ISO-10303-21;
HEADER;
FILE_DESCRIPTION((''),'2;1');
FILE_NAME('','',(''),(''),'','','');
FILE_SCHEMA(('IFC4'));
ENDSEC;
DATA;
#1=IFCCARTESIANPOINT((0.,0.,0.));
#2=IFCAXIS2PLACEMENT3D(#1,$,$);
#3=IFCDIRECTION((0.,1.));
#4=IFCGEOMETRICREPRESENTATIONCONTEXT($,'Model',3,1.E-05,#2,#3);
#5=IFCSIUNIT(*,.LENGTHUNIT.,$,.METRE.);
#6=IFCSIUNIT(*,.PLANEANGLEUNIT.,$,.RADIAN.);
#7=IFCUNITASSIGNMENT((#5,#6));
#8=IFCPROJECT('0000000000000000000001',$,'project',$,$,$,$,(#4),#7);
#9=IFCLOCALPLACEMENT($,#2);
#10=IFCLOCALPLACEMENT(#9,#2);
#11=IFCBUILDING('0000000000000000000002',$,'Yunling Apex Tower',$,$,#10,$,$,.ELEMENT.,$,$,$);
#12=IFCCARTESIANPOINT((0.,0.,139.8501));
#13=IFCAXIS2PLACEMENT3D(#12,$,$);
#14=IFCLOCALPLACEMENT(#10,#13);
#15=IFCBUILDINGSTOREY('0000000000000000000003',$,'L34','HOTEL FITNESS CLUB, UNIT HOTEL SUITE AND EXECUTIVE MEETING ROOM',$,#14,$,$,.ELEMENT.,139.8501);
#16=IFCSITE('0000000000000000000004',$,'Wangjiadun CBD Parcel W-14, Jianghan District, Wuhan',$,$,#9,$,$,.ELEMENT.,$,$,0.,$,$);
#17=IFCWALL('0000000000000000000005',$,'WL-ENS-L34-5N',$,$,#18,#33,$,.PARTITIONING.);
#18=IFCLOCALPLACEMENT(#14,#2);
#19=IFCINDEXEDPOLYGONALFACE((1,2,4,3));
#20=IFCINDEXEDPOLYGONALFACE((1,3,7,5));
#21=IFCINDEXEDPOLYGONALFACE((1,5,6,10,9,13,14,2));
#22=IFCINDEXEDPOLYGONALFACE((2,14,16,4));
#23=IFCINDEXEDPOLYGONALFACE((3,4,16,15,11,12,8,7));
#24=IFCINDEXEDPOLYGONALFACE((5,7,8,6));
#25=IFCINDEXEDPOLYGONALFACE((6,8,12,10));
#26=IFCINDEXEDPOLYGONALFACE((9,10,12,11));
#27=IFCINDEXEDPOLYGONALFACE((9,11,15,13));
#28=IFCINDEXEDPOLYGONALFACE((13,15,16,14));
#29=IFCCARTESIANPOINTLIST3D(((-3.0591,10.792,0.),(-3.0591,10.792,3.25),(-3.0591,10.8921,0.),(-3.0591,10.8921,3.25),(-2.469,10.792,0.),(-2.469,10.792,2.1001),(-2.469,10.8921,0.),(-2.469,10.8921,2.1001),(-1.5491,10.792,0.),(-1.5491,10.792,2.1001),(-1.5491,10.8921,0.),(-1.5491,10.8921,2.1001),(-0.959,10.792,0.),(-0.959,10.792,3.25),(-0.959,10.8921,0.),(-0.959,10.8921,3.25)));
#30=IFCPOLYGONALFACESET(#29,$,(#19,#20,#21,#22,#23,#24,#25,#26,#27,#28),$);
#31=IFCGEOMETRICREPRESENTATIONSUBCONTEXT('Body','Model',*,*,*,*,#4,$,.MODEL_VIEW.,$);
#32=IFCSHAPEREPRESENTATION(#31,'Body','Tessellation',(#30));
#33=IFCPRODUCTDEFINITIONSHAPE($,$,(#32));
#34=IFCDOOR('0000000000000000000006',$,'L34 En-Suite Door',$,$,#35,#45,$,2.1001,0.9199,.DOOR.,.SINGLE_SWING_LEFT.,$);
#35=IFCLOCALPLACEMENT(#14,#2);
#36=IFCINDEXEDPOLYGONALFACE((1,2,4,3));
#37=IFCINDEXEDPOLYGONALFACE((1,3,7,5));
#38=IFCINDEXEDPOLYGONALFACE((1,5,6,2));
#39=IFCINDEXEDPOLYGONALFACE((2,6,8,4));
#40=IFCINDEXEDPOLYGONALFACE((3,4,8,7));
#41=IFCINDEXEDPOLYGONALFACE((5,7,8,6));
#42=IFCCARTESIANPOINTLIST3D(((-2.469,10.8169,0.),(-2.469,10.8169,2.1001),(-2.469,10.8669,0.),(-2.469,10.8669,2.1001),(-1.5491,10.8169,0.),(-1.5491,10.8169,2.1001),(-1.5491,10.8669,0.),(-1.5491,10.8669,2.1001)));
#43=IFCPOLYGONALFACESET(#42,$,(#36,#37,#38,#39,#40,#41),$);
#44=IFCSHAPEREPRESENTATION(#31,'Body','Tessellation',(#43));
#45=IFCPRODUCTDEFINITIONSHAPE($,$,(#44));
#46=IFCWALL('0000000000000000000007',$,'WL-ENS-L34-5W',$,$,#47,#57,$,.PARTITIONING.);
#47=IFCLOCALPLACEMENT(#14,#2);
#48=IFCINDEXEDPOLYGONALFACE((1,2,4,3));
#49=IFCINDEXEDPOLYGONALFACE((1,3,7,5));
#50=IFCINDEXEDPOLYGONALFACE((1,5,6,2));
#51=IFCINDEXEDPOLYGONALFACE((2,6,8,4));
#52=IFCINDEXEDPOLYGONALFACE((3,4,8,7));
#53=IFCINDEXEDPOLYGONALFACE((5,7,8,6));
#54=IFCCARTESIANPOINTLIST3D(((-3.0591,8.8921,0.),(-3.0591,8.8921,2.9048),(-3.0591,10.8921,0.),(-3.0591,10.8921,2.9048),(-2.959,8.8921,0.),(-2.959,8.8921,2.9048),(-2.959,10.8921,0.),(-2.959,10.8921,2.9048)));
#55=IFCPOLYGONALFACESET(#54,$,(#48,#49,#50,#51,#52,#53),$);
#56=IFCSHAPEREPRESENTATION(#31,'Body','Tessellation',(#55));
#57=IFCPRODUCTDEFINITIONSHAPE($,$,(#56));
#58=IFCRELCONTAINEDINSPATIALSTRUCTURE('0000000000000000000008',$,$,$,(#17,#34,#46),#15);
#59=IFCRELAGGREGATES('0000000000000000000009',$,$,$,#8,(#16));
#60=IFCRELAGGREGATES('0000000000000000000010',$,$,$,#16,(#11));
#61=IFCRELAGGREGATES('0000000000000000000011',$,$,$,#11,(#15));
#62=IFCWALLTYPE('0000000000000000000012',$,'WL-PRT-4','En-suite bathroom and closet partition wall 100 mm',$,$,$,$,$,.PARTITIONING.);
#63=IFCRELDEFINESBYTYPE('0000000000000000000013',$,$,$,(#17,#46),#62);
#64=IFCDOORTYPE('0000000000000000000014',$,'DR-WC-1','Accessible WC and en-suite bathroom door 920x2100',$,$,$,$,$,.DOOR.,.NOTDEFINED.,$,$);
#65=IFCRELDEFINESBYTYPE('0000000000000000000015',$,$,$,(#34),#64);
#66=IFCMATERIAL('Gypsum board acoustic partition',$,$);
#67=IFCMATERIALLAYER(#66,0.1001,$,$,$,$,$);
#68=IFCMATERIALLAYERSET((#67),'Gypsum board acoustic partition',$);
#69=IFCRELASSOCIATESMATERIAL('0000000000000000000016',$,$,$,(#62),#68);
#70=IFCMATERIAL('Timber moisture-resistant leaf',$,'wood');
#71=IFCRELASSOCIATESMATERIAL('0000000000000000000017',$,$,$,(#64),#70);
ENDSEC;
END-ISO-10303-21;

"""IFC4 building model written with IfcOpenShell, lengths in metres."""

from ifc_helpers import new_model, si_unit, direction, frame, frame_2d, origin, place, context, subcontext, project, spatial, rectangle, extrude, material, layer, layer_set, type_object, element, fill, save


model = new_model("IFC4")

# Units and contexts
model_context = context("Model", 3, precision=1e-05, world=origin(), true_north=direction((0.0, 1.0)))
body_context = subcontext(model_context, "Body", "Model", "MODEL_VIEW")
ifc_project = project(units=[si_unit("LENGTHUNIT", "METRE"), si_unit("PLANEANGLEUNIT", "RADIAN")], contexts=[model_context])

# Site, building, storey
site_placement = place(None, origin())
site = spatial("IfcSite", under=ifc_project, at=site_placement, Name="Wangjiadun CBD Parcel W-14, Jianghan District, Wuhan", CompositionType="ELEMENT", RefElevation=0.0)
building_placement = place(site_placement, origin())
building = spatial("IfcBuilding", under=site, at=building_placement, Name="Yunling Apex Tower", CompositionType="ELEMENT")
storey_placement = place(building_placement, frame((0.0, 0.0, 139.8501)))
storey = spatial("IfcBuildingStorey", under=building, at=storey_placement, Name="L34", Description="HOTEL FITNESS CLUB, UNIT HOTEL SUITE AND EXECUTIVE MEETING ROOM", CompositionType="ELEMENT", Elevation=139.8501)

# Shared definitions
ifc_material_1 = material(Name="Gypsum board acoustic partition")

# Wall, opening, door
ifc_layer_1 = layer(ifc_material_1, 0.1001)
ifc_layer_set_1 = layer_set([ifc_layer_1], Name="Gypsum board acoustic partition")
wall_type_1 = type_object("IfcWallType", Name="WL-PRT-4", Description="En-suite bathroom and closet partition wall 100 mm", PredefinedType="PARTITIONING", material=ifc_layer_set_1)
wall_1_placement = place(storey_placement, frame((-3.0591, 10.842, 0.0), z_axis=(0.0, 0.0, 1.0), x_axis=(1.0, 0.0, 0.0)))
wall_1 = element("IfcWall", 1, at=wall_1_placement, inside=storey, type_object=wall_type_1, Name="WL-ENS-L34-5N", PredefinedType="PARTITIONING", context=body_context, shape_type="SweptSolid", body=[
    extrude(rectangle(XDim=2.1001, YDim=0.1001, at=frame_2d((1.05, 0.0))), origin(), (0.0, 0.0, 1.0), 3.25),
])
opening_1_placement = place(wall_1_placement, frame((0.5901, 0.0, 0.0)))
opening_1 = element("IfcOpeningElement", 2, at=opening_1_placement, cuts=wall_1, PredefinedType="OPENING", context=body_context, shape_type="SweptSolid", body=[
    extrude(rectangle(XDim=0.9199, YDim=2.1001, at=frame_2d((0.46, 1.05))), frame((0.0, 0.0601, 0.0), z_axis=(0.0, -1.0, 0.0), x_axis=(1.0, 0.0, 0.0)), (0.0, 0.0, 1.0), 0.1201),
])
ifc_material_2 = material(Name="Timber moisture-resistant leaf", Category="wood")
door_type_1 = type_object("IfcDoorType", Name="DR-WC-1", Description="Accessible WC and en-suite bathroom door 920x2100", OperationType="NOTDEFINED", PredefinedType="DOOR", material=ifc_material_2)
door_1_placement = place(opening_1_placement, origin())
door_1 = element("IfcDoor", 3, at=door_1_placement, inside=storey, type_object=door_type_1, Name="L34 En-Suite Door", OperationType="SINGLE_SWING_LEFT", OverallHeight=2.1001, OverallWidth=0.9199, PredefinedType="DOOR", context=body_context, shape_type="SweptSolid", body=[
    extrude(rectangle(XDim=0.9199, YDim=2.1001, at=frame_2d((0.46, 1.05))), frame((0.0, 0.0249, 0.0), z_axis=(0.0, -1.0, 0.0), x_axis=(1.0, 0.0, 0.0)), (0.0, 0.0, 1.0), 0.05),
])
fill(opening_1, door_1)

# Wall
wall_2_placement = place(storey_placement, frame((-3.009, 8.8921, 0.0), z_axis=(0.0, 0.0, 1.0), x_axis=(0.0, 1.0, 0.0)))
element("IfcWall", 4, at=wall_2_placement, inside=storey, type_object=wall_type_1, Name="WL-ENS-L34-5W", PredefinedType="PARTITIONING", context=body_context, shape_type="SweptSolid", body=[
    extrude(rectangle(XDim=2.0, YDim=0.1001, at=frame_2d((1.0, 0.0))), origin(), (0.0, 0.0, 1.0), 2.9048),
])

save(model, "model.ifc")
